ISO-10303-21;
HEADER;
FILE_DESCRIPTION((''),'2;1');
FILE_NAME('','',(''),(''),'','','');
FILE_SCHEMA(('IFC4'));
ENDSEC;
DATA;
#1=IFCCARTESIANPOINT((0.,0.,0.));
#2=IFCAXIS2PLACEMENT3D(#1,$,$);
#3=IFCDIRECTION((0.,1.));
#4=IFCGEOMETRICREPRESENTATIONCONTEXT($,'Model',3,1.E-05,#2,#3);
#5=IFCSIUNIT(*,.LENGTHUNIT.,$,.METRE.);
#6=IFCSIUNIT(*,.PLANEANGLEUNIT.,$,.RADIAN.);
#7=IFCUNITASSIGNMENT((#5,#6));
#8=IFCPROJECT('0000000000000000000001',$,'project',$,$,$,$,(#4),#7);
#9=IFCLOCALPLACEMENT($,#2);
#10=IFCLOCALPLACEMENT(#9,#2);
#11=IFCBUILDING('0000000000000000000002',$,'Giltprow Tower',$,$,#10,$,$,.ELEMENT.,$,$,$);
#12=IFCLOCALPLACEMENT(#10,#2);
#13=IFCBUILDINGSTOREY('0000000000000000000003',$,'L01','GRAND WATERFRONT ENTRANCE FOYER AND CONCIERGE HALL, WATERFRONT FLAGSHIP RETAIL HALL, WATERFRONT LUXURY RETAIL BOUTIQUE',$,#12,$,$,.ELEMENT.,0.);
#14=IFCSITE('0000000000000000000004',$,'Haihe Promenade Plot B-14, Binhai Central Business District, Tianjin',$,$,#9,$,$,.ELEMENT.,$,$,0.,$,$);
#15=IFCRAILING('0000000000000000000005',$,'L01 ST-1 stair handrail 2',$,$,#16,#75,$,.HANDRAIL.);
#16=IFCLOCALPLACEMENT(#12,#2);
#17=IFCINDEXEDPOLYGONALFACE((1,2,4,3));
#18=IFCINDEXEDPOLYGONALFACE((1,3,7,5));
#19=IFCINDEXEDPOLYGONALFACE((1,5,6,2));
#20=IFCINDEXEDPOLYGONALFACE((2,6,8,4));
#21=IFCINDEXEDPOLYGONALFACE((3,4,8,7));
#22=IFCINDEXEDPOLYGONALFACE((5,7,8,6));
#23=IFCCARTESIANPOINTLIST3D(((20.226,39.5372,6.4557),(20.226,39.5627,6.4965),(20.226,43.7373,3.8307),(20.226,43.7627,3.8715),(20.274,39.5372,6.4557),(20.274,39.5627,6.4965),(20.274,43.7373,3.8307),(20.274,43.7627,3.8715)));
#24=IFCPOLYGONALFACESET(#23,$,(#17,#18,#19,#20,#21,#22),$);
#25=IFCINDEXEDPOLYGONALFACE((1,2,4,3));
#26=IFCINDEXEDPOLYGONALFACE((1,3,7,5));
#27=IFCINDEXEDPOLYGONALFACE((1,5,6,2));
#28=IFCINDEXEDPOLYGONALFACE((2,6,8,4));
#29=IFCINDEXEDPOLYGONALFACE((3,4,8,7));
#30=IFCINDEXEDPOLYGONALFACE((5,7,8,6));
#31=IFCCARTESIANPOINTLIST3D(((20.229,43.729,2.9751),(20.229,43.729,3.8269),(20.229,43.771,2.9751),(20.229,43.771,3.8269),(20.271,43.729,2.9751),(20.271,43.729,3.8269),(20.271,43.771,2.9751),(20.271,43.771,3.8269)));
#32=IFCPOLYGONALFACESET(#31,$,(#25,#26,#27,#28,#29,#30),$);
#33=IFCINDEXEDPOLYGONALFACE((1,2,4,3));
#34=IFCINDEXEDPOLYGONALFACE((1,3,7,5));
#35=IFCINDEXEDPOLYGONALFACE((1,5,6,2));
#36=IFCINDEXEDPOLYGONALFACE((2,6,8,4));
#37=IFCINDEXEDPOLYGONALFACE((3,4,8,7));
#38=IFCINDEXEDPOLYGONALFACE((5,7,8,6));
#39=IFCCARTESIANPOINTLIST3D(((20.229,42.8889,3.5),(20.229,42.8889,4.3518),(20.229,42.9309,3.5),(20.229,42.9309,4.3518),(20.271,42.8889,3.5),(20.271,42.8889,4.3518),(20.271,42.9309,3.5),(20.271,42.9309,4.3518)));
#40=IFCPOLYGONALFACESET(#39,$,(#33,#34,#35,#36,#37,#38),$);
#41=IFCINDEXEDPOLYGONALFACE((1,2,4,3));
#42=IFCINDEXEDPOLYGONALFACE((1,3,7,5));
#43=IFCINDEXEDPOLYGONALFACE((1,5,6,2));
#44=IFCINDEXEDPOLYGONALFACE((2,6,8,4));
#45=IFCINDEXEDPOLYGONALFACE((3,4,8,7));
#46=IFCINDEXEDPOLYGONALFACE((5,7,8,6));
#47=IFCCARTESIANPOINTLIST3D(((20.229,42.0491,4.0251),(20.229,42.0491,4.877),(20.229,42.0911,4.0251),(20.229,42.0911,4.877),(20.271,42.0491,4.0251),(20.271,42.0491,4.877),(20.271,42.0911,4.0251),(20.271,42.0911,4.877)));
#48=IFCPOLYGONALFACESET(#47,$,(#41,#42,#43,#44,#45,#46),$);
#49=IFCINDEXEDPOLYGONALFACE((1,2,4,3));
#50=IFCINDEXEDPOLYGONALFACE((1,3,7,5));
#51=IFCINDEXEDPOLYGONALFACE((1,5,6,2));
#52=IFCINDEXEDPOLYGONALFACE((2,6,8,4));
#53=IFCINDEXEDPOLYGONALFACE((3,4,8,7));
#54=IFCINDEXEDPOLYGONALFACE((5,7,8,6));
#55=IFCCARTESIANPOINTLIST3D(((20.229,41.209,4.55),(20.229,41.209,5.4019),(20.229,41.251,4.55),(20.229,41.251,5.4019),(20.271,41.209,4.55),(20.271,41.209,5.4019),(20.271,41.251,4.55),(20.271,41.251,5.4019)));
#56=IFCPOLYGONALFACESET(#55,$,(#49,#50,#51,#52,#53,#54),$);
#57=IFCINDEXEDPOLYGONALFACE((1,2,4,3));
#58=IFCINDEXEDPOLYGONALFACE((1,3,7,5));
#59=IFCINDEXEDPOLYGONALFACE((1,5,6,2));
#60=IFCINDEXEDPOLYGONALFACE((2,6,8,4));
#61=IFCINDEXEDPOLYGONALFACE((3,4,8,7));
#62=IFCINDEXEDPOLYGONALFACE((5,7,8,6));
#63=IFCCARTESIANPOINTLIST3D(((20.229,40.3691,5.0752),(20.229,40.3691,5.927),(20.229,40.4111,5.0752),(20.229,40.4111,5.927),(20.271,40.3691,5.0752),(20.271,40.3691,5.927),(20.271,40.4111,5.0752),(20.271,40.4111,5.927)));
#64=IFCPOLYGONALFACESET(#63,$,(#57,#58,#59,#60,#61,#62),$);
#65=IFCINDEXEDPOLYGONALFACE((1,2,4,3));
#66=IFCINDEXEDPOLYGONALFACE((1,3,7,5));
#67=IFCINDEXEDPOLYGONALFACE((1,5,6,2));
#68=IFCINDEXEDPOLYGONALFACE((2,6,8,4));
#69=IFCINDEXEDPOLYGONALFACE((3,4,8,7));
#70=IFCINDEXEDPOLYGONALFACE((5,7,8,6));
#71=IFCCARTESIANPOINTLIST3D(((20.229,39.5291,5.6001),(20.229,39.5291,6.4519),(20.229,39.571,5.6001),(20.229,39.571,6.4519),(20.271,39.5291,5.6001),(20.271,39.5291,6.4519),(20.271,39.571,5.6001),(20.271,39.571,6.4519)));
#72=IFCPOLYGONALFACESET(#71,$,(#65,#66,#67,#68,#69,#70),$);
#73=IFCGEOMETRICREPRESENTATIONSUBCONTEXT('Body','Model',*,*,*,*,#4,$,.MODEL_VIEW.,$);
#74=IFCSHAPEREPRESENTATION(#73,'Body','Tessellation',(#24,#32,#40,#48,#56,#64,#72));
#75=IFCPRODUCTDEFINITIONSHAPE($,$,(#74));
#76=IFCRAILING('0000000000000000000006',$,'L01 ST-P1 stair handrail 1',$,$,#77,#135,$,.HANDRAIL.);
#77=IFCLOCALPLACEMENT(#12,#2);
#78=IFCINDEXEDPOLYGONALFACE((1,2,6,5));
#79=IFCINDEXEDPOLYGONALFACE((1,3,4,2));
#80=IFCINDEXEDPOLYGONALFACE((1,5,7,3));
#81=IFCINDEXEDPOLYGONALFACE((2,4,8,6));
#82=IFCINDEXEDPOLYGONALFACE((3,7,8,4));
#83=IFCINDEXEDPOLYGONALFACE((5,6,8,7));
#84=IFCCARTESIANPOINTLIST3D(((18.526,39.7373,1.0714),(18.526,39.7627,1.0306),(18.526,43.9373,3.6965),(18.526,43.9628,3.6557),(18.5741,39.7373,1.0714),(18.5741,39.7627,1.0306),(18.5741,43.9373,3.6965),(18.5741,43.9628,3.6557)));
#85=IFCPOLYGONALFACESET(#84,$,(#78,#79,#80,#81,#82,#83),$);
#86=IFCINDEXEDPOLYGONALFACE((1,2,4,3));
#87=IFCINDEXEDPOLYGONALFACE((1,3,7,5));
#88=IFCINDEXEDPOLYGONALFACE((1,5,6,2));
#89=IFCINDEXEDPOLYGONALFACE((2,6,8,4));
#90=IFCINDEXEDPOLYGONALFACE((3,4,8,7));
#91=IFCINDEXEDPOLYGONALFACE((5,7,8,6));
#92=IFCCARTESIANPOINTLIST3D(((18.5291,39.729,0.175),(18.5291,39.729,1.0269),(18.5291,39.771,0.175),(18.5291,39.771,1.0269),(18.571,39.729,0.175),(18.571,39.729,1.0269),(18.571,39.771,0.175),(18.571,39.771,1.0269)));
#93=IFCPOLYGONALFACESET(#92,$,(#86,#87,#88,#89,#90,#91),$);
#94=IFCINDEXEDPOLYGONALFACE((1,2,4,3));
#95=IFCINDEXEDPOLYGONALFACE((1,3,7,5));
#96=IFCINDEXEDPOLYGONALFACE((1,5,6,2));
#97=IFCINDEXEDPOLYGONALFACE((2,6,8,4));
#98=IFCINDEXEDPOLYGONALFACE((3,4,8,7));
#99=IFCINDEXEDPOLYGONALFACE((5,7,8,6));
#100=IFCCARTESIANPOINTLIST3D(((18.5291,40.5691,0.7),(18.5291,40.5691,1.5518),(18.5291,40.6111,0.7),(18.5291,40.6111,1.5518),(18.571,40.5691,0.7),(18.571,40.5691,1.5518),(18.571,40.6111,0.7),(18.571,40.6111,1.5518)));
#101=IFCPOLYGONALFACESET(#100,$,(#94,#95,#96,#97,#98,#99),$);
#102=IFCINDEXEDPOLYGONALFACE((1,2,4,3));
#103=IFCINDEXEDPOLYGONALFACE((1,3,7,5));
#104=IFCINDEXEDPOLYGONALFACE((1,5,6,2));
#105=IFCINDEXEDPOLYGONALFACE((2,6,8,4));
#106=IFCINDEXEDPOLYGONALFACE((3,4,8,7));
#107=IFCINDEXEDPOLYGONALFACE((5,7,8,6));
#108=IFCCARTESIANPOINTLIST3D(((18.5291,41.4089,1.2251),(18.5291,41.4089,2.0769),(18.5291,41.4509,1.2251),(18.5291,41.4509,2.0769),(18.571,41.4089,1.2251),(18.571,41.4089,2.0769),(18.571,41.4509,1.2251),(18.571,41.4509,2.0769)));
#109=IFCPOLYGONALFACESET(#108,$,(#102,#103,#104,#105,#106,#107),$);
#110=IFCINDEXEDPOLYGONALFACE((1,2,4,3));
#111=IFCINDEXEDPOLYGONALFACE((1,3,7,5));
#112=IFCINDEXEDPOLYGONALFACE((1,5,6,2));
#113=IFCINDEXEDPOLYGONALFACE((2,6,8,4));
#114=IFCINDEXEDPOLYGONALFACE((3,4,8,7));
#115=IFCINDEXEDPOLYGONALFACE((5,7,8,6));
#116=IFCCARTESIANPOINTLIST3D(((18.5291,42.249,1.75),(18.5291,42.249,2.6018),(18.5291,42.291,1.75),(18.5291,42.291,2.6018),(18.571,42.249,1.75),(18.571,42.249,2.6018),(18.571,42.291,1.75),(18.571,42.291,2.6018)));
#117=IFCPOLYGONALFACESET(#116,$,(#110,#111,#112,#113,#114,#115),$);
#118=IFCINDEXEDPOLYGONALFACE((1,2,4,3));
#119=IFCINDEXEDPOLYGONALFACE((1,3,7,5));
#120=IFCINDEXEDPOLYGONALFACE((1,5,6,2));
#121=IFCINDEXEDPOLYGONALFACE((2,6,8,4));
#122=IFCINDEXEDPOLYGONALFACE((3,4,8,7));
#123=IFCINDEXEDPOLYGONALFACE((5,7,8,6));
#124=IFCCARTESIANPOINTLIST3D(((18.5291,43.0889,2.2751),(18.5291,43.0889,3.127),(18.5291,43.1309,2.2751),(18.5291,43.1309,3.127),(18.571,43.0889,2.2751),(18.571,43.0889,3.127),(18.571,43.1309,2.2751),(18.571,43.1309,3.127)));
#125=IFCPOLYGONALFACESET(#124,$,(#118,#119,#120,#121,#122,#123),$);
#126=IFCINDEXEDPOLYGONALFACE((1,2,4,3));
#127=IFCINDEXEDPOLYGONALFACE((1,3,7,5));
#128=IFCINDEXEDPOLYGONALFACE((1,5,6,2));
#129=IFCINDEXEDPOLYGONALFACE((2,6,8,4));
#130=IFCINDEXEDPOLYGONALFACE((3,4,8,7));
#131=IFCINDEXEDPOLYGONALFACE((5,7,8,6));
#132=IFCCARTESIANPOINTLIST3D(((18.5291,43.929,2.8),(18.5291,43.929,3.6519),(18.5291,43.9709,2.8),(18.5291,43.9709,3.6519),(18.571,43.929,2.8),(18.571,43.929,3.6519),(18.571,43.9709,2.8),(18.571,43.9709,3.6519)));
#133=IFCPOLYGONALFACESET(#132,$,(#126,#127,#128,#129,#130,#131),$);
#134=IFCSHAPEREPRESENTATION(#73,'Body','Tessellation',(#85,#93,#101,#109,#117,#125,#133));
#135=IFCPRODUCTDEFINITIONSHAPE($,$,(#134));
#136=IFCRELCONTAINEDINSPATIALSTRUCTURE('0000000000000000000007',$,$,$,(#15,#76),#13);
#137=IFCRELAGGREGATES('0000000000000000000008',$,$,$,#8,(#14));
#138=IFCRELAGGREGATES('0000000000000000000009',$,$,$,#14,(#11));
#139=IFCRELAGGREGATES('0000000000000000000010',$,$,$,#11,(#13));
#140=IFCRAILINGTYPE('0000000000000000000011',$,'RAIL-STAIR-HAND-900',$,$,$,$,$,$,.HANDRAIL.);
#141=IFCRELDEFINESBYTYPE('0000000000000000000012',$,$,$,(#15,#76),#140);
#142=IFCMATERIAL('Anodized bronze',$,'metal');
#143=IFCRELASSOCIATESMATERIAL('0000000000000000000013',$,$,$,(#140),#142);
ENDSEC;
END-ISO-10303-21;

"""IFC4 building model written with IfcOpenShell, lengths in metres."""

from ifc_helpers import new_model, si_unit, direction, frame, origin, origin_2d, place, context, subcontext, project, spatial, rectangle, extrude, material, type_object, element, save


model = new_model("IFC4")

# Units and contexts
model_context = context("Model", 3, precision=1e-05, world=origin(), true_north=direction((0.0, 1.0)))
body_context = subcontext(model_context, "Body", "Model", "MODEL_VIEW")
ifc_project = project(units=[si_unit("LENGTHUNIT", "METRE"), si_unit("PLANEANGLEUNIT", "RADIAN")], contexts=[model_context])

# Site, building, storey
site_placement = place(None, origin())
site = spatial("IfcSite", under=ifc_project, at=site_placement, Name="Haihe Promenade Plot B-14, Binhai Central Business District, Tianjin", CompositionType="ELEMENT", RefElevation=0.0)
building_placement = place(site_placement, origin())
building = spatial("IfcBuilding", under=site, at=building_placement, Name="Giltprow Tower", CompositionType="ELEMENT")
storey_placement = place(building_placement, origin())
storey = spatial("IfcBuildingStorey", under=building, at=storey_placement, Name="L01", Description="GRAND WATERFRONT ENTRANCE FOYER AND CONCIERGE HALL, WATERFRONT FLAGSHIP RETAIL HALL, WATERFRONT LUXURY RETAIL BOUTIQUE", CompositionType="ELEMENT", Elevation=0.0)

# Railings
ifc_material_1 = material(Name="Anodized bronze", Category="metal")
railing_type_1 = type_object("IfcRailingType", Name="RAIL-STAIR-HAND-900", PredefinedType="HANDRAIL", material=ifc_material_1)
railing_1_placement = place(storey_placement, frame((20.25, 43.75, 2.9751)))
element("IfcRailing", 1, at=railing_1_placement, inside=storey, type_object=railing_type_1, Name="L01 ST-1 stair handrail 2", PredefinedType="HANDRAIL", context=body_context, shape_type="SweptSolid", body=[
    extrude(rectangle(XDim=0.0481, YDim=0.0481, at=origin_2d()), frame((0.0, 0.0, 0.876), z_axis=(0.0, -0.847996, 0.530003), x_axis=(1.0, 0.0, 0.0)), (0.0, 0.0, 1.0), 4.9529),
    extrude(rectangle(XDim=0.042, YDim=0.042, at=origin_2d()), origin(), (0.0, 0.0, 1.0), 0.8518),
    extrude(rectangle(XDim=0.042, YDim=0.042, at=origin_2d()), frame((0.0, -0.8401, 0.5249)), (0.0, 0.0, 1.0), 0.8518),
    extrude(rectangle(XDim=0.042, YDim=0.042, at=origin_2d()), frame((0.0, -1.6799, 1.05)), (0.0, 0.0, 1.0), 0.8518),
    extrude(rectangle(XDim=0.042, YDim=0.042, at=origin_2d()), frame((0.0, -2.52, 1.575)), (0.0, 0.0, 1.0), 0.8518),
    extrude(rectangle(XDim=0.042, YDim=0.042, at=origin_2d()), frame((0.0, -3.3599, 2.1001)), (0.0, 0.0, 1.0), 0.8518),
    extrude(rectangle(XDim=0.042, YDim=0.042, at=origin_2d()), frame((0.0, -4.2, 2.625)), (0.0, 0.0, 1.0), 0.8518),
])
railing_2_placement = place(storey_placement, frame((18.55, 39.75, 0.175)))
element("IfcRailing", 2, at=railing_2_placement, inside=storey, type_object=railing_type_1, Name="L01 ST-P1 stair handrail 1", PredefinedType="HANDRAIL", context=body_context, shape_type="SweptSolid", body=[
    extrude(rectangle(XDim=0.0481, YDim=0.0481, at=origin_2d()), frame((0.0, 0.0, 0.876), z_axis=(0.0, 0.847996, 0.530003), x_axis=(-1.0, 0.0, 0.0)), (0.0, 0.0, 1.0), 4.9529),
    extrude(rectangle(XDim=0.042, YDim=0.042, at=origin_2d()), origin(), (0.0, 0.0, 1.0), 0.8518),
    extrude(rectangle(XDim=0.042, YDim=0.042, at=origin_2d()), frame((0.0, 0.8401, 0.5249)), (0.0, 0.0, 1.0), 0.8518),
    extrude(rectangle(XDim=0.042, YDim=0.042, at=origin_2d()), frame((0.0, 1.6799, 1.05)), (0.0, 0.0, 1.0), 0.8518),
    extrude(rectangle(XDim=0.042, YDim=0.042, at=origin_2d()), frame((0.0, 2.52, 1.575)), (0.0, 0.0, 1.0), 0.8518),
    extrude(rectangle(XDim=0.042, YDim=0.042, at=origin_2d()), frame((0.0, 3.3599, 2.1001)), (0.0, 0.0, 1.0), 0.8518),
    extrude(rectangle(XDim=0.042, YDim=0.042, at=origin_2d()), frame((0.0, 4.2, 2.625)), (0.0, 0.0, 1.0), 0.8518),
])

save(model, "model.ifc")
